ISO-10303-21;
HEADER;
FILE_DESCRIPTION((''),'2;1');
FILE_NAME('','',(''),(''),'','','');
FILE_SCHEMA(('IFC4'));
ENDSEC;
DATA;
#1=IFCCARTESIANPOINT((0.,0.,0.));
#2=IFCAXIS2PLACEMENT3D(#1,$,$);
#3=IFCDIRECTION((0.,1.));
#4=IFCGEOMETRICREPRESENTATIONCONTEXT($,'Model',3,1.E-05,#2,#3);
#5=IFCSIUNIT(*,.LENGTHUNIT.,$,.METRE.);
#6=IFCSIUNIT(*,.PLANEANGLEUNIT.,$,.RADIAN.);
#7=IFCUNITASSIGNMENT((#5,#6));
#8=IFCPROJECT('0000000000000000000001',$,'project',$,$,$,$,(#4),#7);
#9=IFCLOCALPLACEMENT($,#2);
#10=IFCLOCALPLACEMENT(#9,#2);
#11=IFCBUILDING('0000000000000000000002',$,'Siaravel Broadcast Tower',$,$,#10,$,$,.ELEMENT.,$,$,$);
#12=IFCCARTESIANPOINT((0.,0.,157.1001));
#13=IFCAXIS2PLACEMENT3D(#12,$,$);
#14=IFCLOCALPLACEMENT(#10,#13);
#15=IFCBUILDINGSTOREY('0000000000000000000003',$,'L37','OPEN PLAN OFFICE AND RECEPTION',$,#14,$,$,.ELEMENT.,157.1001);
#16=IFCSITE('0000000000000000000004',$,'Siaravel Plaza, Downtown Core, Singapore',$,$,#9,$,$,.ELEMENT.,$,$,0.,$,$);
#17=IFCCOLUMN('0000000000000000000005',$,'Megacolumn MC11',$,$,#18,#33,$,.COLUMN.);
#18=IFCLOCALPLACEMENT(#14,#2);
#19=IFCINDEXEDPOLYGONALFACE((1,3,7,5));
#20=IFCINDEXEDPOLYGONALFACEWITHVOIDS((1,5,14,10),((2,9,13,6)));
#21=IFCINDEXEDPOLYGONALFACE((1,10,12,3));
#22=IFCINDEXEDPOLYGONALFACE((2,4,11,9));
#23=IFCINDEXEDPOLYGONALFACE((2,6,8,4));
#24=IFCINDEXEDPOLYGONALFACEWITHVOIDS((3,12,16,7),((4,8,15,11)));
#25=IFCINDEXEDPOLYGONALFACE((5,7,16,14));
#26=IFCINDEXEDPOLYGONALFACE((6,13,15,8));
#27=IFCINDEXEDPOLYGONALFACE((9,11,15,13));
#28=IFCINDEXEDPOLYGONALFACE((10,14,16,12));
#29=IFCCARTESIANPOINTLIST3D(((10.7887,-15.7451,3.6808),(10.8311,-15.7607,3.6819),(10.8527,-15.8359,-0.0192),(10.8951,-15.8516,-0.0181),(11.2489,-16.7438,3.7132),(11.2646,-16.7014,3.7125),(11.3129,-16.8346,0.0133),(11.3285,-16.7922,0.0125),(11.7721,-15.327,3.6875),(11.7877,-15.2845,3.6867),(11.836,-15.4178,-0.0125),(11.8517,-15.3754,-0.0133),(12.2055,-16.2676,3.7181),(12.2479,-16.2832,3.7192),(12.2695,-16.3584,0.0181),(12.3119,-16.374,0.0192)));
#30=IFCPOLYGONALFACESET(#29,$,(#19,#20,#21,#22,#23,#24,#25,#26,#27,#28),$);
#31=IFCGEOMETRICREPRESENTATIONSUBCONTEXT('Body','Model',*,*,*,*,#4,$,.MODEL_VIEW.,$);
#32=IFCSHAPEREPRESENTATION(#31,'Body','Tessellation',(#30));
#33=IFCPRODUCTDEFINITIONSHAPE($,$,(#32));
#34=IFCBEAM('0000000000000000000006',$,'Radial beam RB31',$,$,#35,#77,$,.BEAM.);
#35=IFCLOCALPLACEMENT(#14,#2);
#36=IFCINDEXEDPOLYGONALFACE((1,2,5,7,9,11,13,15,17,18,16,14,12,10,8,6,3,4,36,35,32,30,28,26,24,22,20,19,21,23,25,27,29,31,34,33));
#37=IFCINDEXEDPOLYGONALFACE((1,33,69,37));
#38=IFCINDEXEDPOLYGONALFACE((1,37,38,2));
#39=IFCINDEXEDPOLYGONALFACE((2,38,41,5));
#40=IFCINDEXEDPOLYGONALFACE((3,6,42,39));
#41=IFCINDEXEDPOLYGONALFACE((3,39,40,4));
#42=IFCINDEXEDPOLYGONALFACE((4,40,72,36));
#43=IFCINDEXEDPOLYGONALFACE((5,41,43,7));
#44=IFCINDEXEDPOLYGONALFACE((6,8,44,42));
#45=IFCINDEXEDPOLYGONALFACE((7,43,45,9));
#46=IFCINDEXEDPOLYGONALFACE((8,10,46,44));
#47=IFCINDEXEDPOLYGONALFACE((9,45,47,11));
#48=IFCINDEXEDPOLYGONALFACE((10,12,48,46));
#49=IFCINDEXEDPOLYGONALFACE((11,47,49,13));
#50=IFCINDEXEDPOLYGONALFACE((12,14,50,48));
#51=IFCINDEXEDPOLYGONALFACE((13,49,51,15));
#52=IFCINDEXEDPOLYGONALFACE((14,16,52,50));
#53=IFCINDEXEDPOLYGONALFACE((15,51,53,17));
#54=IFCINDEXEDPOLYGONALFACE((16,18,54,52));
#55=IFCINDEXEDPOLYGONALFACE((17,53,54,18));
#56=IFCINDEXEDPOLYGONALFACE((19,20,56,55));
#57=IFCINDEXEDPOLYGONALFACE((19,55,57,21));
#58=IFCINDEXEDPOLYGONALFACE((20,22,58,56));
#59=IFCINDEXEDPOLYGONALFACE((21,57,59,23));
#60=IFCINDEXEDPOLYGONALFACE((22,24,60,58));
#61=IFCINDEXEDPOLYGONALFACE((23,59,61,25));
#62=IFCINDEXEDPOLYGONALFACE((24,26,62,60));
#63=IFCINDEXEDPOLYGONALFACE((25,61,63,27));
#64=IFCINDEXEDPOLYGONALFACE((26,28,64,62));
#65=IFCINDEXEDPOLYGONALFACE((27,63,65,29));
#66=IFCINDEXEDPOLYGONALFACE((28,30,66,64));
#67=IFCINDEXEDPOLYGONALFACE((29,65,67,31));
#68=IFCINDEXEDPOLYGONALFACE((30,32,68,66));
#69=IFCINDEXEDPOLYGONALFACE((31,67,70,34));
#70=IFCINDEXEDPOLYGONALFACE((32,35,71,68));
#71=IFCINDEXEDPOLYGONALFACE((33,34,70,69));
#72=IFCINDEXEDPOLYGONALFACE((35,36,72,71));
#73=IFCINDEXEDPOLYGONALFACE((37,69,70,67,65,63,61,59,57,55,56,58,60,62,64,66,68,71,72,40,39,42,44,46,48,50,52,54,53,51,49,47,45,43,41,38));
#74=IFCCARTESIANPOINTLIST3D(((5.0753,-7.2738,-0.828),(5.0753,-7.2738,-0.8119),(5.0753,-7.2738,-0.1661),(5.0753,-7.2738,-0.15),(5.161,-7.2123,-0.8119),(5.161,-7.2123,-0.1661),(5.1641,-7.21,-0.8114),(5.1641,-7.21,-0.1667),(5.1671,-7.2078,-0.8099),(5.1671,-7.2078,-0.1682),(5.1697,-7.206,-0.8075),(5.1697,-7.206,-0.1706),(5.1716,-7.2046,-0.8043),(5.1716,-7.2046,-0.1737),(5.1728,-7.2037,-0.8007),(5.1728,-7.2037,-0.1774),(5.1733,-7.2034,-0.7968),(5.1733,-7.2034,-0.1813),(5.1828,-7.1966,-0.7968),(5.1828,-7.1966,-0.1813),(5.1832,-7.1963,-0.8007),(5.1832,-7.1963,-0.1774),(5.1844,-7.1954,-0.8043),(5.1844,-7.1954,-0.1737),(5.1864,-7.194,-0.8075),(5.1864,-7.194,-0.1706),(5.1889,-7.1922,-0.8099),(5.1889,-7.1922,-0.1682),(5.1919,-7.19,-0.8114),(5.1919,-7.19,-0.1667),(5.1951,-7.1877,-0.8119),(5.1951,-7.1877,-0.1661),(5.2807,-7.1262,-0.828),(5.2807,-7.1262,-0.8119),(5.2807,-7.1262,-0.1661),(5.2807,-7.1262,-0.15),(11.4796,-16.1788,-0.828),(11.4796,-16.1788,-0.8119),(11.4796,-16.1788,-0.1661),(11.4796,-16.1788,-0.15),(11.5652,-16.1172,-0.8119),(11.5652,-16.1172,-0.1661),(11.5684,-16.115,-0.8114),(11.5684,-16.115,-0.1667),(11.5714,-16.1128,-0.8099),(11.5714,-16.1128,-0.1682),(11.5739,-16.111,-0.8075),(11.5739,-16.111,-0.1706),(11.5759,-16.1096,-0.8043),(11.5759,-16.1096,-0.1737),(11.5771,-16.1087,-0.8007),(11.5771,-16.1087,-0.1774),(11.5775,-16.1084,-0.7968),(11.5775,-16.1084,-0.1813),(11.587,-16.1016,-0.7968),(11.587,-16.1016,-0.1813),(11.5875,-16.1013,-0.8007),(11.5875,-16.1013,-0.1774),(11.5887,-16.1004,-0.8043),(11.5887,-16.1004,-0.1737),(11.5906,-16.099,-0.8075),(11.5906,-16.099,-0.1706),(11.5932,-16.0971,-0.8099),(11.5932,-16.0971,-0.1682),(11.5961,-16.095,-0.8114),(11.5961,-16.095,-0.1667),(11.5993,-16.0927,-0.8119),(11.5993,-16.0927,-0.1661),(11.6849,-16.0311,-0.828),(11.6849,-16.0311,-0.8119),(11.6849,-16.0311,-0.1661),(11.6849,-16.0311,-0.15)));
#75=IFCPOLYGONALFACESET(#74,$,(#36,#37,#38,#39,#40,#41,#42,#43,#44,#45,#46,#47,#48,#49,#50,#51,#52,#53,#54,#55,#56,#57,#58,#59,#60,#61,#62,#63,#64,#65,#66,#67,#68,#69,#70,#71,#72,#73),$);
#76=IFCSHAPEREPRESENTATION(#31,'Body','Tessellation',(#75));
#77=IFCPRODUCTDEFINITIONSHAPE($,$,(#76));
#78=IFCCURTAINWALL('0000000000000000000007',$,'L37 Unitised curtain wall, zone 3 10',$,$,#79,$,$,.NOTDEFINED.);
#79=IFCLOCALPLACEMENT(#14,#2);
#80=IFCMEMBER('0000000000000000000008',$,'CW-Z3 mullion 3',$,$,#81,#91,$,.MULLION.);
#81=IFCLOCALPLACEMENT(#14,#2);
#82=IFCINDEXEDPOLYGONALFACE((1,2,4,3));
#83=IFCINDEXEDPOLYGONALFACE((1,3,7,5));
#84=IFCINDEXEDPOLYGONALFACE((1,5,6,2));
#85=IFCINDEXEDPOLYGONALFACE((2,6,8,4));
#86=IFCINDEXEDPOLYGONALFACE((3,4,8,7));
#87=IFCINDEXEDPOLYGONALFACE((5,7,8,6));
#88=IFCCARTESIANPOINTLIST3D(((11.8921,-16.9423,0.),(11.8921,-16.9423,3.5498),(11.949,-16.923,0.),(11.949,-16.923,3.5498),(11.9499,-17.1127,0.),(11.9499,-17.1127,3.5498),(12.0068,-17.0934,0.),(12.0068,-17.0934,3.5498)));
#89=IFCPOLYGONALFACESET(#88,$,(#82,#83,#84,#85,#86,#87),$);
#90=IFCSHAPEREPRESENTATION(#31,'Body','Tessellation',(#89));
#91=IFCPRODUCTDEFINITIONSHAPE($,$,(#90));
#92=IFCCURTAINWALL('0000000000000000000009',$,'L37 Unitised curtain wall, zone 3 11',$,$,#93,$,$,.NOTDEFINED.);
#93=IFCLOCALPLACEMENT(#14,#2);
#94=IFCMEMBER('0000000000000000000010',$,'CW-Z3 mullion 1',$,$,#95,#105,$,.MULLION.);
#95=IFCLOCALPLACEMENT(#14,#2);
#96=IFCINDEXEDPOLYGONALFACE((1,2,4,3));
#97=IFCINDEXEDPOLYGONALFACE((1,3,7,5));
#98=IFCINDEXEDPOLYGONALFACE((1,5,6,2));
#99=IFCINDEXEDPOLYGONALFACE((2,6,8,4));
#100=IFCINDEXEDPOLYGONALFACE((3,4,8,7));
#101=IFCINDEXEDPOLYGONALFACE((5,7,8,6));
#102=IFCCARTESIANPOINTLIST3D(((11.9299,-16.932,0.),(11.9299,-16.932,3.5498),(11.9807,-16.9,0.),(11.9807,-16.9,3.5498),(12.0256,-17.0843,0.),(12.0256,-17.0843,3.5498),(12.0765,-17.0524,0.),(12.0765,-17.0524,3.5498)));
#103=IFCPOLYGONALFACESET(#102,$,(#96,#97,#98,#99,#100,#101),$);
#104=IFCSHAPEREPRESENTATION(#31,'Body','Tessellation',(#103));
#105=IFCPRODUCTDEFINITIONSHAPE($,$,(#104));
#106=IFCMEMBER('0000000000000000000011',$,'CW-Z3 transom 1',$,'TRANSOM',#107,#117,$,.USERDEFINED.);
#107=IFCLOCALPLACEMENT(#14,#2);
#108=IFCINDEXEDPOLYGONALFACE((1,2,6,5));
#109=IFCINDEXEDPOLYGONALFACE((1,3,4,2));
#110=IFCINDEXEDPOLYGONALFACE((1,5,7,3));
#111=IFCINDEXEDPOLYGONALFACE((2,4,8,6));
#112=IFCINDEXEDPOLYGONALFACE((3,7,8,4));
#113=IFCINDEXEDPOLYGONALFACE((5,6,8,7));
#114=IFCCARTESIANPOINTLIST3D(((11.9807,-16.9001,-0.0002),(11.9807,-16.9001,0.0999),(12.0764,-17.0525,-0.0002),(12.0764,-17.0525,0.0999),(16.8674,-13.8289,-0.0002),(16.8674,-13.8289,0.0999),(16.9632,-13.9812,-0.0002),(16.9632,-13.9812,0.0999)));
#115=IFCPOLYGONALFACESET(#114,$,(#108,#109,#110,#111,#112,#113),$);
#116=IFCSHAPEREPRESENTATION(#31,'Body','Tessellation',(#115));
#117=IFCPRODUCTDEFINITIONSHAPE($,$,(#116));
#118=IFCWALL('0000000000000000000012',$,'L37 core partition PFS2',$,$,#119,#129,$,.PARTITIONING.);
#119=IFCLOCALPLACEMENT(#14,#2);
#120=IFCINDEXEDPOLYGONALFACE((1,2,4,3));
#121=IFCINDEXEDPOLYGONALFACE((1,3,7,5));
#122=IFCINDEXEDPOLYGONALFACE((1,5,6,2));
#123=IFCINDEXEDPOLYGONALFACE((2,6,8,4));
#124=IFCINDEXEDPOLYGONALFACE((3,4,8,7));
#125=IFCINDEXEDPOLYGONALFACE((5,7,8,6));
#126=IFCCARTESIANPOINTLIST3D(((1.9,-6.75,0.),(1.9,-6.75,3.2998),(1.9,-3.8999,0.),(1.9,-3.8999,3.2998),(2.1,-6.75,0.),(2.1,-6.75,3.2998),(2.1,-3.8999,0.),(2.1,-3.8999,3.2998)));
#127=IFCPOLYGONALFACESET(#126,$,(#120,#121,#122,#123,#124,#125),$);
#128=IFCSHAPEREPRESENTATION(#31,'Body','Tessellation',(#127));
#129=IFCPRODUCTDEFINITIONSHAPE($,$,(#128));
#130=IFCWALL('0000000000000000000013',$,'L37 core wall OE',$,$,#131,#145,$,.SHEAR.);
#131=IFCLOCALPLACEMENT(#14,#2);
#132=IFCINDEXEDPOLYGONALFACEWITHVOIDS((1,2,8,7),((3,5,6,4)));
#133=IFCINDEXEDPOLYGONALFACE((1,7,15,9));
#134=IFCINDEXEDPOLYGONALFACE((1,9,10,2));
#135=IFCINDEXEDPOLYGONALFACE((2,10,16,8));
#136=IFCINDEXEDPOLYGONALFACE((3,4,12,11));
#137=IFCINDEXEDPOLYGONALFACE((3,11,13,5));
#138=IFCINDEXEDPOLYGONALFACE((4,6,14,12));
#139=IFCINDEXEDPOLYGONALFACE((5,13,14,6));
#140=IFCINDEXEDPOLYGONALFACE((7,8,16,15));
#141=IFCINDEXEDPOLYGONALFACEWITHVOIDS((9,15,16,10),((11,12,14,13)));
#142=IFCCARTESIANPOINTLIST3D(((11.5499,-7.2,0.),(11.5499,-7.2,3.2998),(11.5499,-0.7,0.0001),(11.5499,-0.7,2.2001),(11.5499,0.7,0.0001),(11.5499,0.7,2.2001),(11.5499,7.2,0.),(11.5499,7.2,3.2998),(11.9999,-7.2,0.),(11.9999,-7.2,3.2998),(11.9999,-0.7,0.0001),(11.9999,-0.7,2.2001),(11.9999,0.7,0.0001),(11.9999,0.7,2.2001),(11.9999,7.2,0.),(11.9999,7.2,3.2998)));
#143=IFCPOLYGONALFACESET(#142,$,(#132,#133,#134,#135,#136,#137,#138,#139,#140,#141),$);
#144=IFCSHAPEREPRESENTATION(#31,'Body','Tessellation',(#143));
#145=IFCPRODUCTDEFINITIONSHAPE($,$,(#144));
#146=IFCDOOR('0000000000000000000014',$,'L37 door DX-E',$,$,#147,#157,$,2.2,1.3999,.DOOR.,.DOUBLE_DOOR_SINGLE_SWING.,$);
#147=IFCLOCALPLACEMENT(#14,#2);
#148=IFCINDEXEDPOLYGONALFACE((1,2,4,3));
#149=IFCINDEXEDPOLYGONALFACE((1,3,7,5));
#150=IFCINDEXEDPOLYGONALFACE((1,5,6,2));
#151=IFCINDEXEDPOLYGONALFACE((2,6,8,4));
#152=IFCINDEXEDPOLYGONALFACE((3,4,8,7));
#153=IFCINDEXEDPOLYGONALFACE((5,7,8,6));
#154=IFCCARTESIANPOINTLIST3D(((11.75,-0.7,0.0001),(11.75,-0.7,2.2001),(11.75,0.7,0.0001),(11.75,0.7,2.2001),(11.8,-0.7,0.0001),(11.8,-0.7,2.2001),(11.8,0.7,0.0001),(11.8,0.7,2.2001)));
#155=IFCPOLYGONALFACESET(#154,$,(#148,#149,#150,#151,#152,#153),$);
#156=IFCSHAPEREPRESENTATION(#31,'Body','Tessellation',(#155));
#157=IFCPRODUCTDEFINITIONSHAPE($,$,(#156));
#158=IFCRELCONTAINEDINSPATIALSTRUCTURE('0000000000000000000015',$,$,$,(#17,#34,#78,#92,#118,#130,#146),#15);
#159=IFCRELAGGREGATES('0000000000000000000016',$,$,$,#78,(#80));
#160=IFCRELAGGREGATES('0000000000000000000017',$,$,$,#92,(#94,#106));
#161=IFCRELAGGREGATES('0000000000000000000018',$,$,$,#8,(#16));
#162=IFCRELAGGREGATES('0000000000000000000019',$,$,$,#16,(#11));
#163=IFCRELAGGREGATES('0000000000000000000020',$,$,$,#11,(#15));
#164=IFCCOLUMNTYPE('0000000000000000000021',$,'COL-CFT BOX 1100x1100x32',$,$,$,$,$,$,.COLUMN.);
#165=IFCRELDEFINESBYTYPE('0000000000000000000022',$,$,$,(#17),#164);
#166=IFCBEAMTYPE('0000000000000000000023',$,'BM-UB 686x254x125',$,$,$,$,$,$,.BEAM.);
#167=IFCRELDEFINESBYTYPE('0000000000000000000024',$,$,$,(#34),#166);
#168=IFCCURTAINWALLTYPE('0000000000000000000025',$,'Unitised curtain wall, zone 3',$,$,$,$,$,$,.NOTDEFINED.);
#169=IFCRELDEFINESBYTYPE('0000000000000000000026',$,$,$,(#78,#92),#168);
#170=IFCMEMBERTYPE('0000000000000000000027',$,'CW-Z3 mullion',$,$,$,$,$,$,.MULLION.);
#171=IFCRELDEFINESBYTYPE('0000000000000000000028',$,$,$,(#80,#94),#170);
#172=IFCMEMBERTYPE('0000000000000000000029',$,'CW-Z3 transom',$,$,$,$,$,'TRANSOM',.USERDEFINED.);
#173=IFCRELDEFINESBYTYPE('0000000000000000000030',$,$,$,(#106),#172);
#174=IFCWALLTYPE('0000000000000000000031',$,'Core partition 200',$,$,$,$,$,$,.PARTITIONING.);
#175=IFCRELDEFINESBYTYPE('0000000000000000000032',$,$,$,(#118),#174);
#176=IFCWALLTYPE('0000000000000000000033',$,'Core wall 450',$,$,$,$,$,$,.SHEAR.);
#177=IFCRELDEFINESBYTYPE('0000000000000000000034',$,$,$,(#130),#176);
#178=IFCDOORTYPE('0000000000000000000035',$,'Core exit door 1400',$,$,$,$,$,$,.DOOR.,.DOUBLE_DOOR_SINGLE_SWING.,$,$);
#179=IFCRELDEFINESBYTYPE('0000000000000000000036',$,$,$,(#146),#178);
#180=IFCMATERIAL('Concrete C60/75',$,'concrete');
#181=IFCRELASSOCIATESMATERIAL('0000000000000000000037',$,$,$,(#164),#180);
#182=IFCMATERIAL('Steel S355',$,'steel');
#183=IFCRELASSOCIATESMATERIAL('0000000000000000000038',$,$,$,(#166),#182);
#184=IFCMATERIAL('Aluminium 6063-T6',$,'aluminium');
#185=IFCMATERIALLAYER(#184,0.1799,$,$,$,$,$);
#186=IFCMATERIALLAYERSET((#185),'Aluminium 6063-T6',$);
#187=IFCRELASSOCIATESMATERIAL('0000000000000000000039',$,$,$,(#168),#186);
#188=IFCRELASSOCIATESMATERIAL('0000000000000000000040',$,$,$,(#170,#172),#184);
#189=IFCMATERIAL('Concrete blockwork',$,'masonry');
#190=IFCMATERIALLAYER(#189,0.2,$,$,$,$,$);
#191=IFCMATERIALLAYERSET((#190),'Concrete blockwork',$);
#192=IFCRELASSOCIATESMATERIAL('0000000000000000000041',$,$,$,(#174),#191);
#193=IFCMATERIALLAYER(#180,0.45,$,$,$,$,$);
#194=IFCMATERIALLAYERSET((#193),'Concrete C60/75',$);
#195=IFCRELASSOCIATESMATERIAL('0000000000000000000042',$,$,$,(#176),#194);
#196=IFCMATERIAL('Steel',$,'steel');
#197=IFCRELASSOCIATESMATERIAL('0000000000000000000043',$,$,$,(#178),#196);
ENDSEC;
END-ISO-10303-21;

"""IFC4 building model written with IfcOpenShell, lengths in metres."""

from ifc_helpers import new_model, si_unit, direction, frame, frame_2d, origin, origin_2d, place, context, subcontext, project, spatial, rectangle, hollow_rectangle, i_section, extrude, material, layer, layer_set, material_profile, profile_set, type_object, element, fill, aggregate, save


model = new_model("IFC4")

# Units and contexts
model_context = context("Model", 3, precision=1e-05, world=origin(), true_north=direction((0.0, 1.0)))
body_context = subcontext(model_context, "Body", "Model", "MODEL_VIEW")
ifc_project = project(units=[si_unit("LENGTHUNIT", "METRE"), si_unit("PLANEANGLEUNIT", "RADIAN")], contexts=[model_context])

# Site, building, storey
site_placement = place(None, origin())
site = spatial("IfcSite", under=ifc_project, at=site_placement, Name="Siaravel Plaza, Downtown Core, Singapore", CompositionType="ELEMENT", RefElevation=0.0)
building_placement = place(site_placement, origin())
building = spatial("IfcBuilding", under=site, at=building_placement, Name="Siaravel Broadcast Tower", CompositionType="ELEMENT")
storey_placement = place(building_placement, frame((0.0, 0.0, 157.1001)))
storey = spatial("IfcBuildingStorey", under=building, at=storey_placement, Name="L37", Description="OPEN PLAN OFFICE AND RECEPTION", CompositionType="ELEMENT", Elevation=157.1001)

# Column
ifc_material_1 = material(Name="Concrete C60/75", Category="concrete")
ifc_material_profile_1 = material_profile(ifc_material_1, hollow_rectangle(XDim=1.1001, YDim=1.1001, WallThickness=0.032, at=origin_2d()))
ifc_profile_set_1 = profile_set([ifc_material_profile_1], Name="Concrete C60/75")
column_type = type_object("IfcColumnType", Name="COL-CFT BOX 1100x1100x32", PredefinedType="COLUMN", material=ifc_profile_set_1)
column_placement = place(storey_placement, frame((11.5823, -16.105, 0.0), z_axis=(-0.01728, 0.024535, 0.99955), x_axis=(-0.908132, -0.418648, -0.005424)))
element("IfcColumn", 1, at=column_placement, inside=storey, type_object=column_type, Name="Megacolumn MC11", PredefinedType="COLUMN", context=body_context, shape_type="SweptSolid", body=[
    extrude(hollow_rectangle(XDim=1.1001, YDim=1.1001, WallThickness=0.032, at=origin_2d()), origin(), (0.0, 0.0, 1.0), 3.7017),
])

# Beam
ifc_material_2 = material(Name="Steel S355", Category="steel")
ifc_material_profile_2 = material_profile(ifc_material_2, i_section(OverallWidth=0.2529, OverallDepth=0.678, WebThickness=0.0117, FlangeThickness=0.0161, FilletRadius=0.0151, at=origin_2d()))
ifc_profile_set_2 = profile_set([ifc_material_profile_2], Name="Steel S355")
beam_type = type_object("IfcBeamType", Name="BM-UB 686x254x125", PredefinedType="BEAM", material=ifc_profile_set_2)
beam_placement = place(storey_placement, frame((11.5823, -16.105, -0.489), z_axis=(-0.583865, 0.811851, 0.0), x_axis=(-0.811851, -0.583865, 0.0)))
element("IfcBeam", 2, at=beam_placement, inside=storey, type_object=beam_type, Name="Radial beam RB31", PredefinedType="BEAM", context=body_context, shape_type="SweptSolid", body=[
    extrude(i_section(OverallWidth=0.2529, OverallDepth=0.678, WebThickness=0.0117, FlangeThickness=0.0161, FilletRadius=0.0151, at=origin_2d()), origin(), (0.0, 0.0, 1.0), 10.9688),
])

# Curtain wall, member
ifc_material_3 = material(Name="Aluminium 6063-T6", Category="aluminium")
ifc_layer_1 = layer(ifc_material_3, 0.1799)
ifc_layer_set_1 = layer_set([ifc_layer_1], Name="Aluminium 6063-T6")
curtain_wall_type = type_object("IfcCurtainWallType", Name="Unitised curtain wall, zone 3", PredefinedType="NOTDEFINED", material=ifc_layer_set_1)
curtain_wall_1_placement = place(storey_placement, origin())
curtain_wall_1 = element("IfcCurtainWall", 3, at=curtain_wall_1_placement, inside=storey, type_object=curtain_wall_type, Name="L37 Unitised curtain wall, zone 3 10", PredefinedType="NOTDEFINED")
ifc_material_profile_3 = material_profile(ifc_material_3, rectangle(XDim=0.1799, YDim=0.0601, at=origin_2d()))
ifc_profile_set_3 = profile_set([ifc_material_profile_3], Name="Aluminium 6063-T6")
member_type_1 = type_object("IfcMemberType", Name="CW-Z3 mullion", PredefinedType="MULLION", material=ifc_profile_set_3)
member_1_placement = place(storey_placement, frame((11.9495, -17.0178, 0.0), z_axis=(0.0, 0.0, 1.0), x_axis=(-0.321301, 0.946977, 0.0)))
member_1 = element("IfcMember", 4, at=member_1_placement, type_object=member_type_1, Name="CW-Z3 mullion 3", PredefinedType="MULLION", context=body_context, shape_type="SweptSolid", body=[
    extrude(rectangle(XDim=0.1799, YDim=0.0601, at=origin_2d()), origin(), (0.0, 0.0, 1.0), 3.5498),
])
aggregate(curtain_wall_1, [member_1])

# Curtain wall, members
curtain_wall_2_placement = place(storey_placement, origin())
curtain_wall_2 = element("IfcCurtainWall", 5, at=curtain_wall_2_placement, inside=storey, type_object=curtain_wall_type, Name="L37 Unitised curtain wall, zone 3 11", PredefinedType="NOTDEFINED")
member_2_placement = place(storey_placement, frame((12.0032, -16.9922, 0.0), z_axis=(0.0, 0.0, 1.0), x_axis=(-0.53215, 0.84665, 0.0)))
member_2 = element("IfcMember", 6, at=member_2_placement, type_object=member_type_1, Name="CW-Z3 mullion 1", PredefinedType="MULLION", context=body_context, shape_type="SweptSolid", body=[
    extrude(rectangle(XDim=0.1799, YDim=0.0601, at=origin_2d()), origin(), (0.0, 0.0, 1.0), 3.5498),
])
ifc_material_profile_4 = material_profile(ifc_material_3, rectangle(XDim=0.1799, YDim=0.1001, at=origin_2d()))
ifc_profile_set_4 = profile_set([ifc_material_profile_4], Name="Aluminium 6063-T6")
member_type_2 = type_object("IfcMemberType", Name="CW-Z3 transom", ElementType="TRANSOM", PredefinedType="USERDEFINED", material=ifc_profile_set_4)
member_3_placement = place(storey_placement, frame((12.0286, -16.9763, 0.0498), z_axis=(0.846665, 0.532126, 0.0), x_axis=(-0.532126, 0.846665, 0.0)))
member_3 = element("IfcMember", 7, at=member_3_placement, type_object=member_type_2, Name="CW-Z3 transom 1", ObjectType="TRANSOM", PredefinedType="USERDEFINED", context=body_context, shape_type="SweptSolid", body=[
    extrude(rectangle(XDim=0.1799, YDim=0.1001, at=origin_2d()), origin(), (0.0, 0.0, 1.0), 5.7717),
])
aggregate(curtain_wall_2, [member_2, member_3])

# Wall
ifc_material_4 = material(Name="Concrete blockwork", Category="masonry")
ifc_layer_2 = layer(ifc_material_4, 0.2)
ifc_layer_set_2 = layer_set([ifc_layer_2], Name="Concrete blockwork")
wall_type_1 = type_object("IfcWallType", Name="Core partition 200", PredefinedType="PARTITIONING", material=ifc_layer_set_2)
wall_1_placement = place(storey_placement, frame((2.0, -6.75, 0.0), z_axis=(0.0, 0.0, 1.0), x_axis=(0.0, 1.0, 0.0)))
element("IfcWall", 8, at=wall_1_placement, inside=storey, type_object=wall_type_1, Name="L37 core partition PFS2", PredefinedType="PARTITIONING", context=body_context, shape_type="SweptSolid", body=[
    extrude(rectangle(XDim=2.8501, YDim=0.2, at=frame_2d((1.425, 0.0))), origin(), (0.0, 0.0, 1.0), 3.2998),
])

# Wall, opening, door
ifc_layer_3 = layer(ifc_material_1, 0.45)
ifc_layer_set_3 = layer_set([ifc_layer_3], Name="Concrete C60/75")
wall_type_2 = type_object("IfcWallType", Name="Core wall 450", PredefinedType="SHEAR", material=ifc_layer_set_3)
wall_2_placement = place(storey_placement, frame((11.7749, -7.2, 0.0), z_axis=(0.0, 0.0, 1.0), x_axis=(0.0, 1.0, 0.0)))
wall_2 = element("IfcWall", 9, at=wall_2_placement, inside=storey, type_object=wall_type_2, Name="L37 core wall OE", PredefinedType="SHEAR", context=body_context, shape_type="SweptSolid", body=[
    extrude(rectangle(XDim=14.3999, YDim=0.45, at=frame_2d((7.2, 0.0))), origin(), (0.0, 0.0, 1.0), 3.2998),
])
opening_1_placement = place(wall_2_placement, frame((6.5, 0.0, 0.0)))
opening_1 = element("IfcOpeningElement", 10, at=opening_1_placement, cuts=wall_2, PredefinedType="OPENING", context=body_context, shape_type="SweptSolid", body=[
    extrude(rectangle(XDim=1.3999, YDim=2.2, at=frame_2d((0.7, 1.1001))), frame((0.0, 0.2349, 0.0), z_axis=(0.0, -1.0, 0.0), x_axis=(1.0, 0.0, 0.0)), (0.0, 0.0, 1.0), 0.47),
])
ifc_material_5 = material(Name="Steel", Category="steel")
door_type_1 = type_object("IfcDoorType", Name="Core exit door 1400", OperationType="DOUBLE_DOOR_SINGLE_SWING", PredefinedType="DOOR", material=ifc_material_5)
door_1_placement = place(opening_1_placement, origin())
door_1 = element("IfcDoor", 11, at=door_1_placement, inside=storey, type_object=door_type_1, Name="L37 door DX-E", OperationType="DOUBLE_DOOR_SINGLE_SWING", OverallHeight=2.2, OverallWidth=1.3999, PredefinedType="DOOR", context=body_context, shape_type="SweptSolid", body=[
    extrude(rectangle(XDim=1.3999, YDim=2.2, at=frame_2d((0.7, 1.1001))), frame((0.0, 0.0249, 0.0), z_axis=(0.0, -1.0, 0.0), x_axis=(1.0, 0.0, 0.0)), (0.0, 0.0, 1.0), 0.05),
])
fill(opening_1, door_1)

save(model, "model.ifc")
